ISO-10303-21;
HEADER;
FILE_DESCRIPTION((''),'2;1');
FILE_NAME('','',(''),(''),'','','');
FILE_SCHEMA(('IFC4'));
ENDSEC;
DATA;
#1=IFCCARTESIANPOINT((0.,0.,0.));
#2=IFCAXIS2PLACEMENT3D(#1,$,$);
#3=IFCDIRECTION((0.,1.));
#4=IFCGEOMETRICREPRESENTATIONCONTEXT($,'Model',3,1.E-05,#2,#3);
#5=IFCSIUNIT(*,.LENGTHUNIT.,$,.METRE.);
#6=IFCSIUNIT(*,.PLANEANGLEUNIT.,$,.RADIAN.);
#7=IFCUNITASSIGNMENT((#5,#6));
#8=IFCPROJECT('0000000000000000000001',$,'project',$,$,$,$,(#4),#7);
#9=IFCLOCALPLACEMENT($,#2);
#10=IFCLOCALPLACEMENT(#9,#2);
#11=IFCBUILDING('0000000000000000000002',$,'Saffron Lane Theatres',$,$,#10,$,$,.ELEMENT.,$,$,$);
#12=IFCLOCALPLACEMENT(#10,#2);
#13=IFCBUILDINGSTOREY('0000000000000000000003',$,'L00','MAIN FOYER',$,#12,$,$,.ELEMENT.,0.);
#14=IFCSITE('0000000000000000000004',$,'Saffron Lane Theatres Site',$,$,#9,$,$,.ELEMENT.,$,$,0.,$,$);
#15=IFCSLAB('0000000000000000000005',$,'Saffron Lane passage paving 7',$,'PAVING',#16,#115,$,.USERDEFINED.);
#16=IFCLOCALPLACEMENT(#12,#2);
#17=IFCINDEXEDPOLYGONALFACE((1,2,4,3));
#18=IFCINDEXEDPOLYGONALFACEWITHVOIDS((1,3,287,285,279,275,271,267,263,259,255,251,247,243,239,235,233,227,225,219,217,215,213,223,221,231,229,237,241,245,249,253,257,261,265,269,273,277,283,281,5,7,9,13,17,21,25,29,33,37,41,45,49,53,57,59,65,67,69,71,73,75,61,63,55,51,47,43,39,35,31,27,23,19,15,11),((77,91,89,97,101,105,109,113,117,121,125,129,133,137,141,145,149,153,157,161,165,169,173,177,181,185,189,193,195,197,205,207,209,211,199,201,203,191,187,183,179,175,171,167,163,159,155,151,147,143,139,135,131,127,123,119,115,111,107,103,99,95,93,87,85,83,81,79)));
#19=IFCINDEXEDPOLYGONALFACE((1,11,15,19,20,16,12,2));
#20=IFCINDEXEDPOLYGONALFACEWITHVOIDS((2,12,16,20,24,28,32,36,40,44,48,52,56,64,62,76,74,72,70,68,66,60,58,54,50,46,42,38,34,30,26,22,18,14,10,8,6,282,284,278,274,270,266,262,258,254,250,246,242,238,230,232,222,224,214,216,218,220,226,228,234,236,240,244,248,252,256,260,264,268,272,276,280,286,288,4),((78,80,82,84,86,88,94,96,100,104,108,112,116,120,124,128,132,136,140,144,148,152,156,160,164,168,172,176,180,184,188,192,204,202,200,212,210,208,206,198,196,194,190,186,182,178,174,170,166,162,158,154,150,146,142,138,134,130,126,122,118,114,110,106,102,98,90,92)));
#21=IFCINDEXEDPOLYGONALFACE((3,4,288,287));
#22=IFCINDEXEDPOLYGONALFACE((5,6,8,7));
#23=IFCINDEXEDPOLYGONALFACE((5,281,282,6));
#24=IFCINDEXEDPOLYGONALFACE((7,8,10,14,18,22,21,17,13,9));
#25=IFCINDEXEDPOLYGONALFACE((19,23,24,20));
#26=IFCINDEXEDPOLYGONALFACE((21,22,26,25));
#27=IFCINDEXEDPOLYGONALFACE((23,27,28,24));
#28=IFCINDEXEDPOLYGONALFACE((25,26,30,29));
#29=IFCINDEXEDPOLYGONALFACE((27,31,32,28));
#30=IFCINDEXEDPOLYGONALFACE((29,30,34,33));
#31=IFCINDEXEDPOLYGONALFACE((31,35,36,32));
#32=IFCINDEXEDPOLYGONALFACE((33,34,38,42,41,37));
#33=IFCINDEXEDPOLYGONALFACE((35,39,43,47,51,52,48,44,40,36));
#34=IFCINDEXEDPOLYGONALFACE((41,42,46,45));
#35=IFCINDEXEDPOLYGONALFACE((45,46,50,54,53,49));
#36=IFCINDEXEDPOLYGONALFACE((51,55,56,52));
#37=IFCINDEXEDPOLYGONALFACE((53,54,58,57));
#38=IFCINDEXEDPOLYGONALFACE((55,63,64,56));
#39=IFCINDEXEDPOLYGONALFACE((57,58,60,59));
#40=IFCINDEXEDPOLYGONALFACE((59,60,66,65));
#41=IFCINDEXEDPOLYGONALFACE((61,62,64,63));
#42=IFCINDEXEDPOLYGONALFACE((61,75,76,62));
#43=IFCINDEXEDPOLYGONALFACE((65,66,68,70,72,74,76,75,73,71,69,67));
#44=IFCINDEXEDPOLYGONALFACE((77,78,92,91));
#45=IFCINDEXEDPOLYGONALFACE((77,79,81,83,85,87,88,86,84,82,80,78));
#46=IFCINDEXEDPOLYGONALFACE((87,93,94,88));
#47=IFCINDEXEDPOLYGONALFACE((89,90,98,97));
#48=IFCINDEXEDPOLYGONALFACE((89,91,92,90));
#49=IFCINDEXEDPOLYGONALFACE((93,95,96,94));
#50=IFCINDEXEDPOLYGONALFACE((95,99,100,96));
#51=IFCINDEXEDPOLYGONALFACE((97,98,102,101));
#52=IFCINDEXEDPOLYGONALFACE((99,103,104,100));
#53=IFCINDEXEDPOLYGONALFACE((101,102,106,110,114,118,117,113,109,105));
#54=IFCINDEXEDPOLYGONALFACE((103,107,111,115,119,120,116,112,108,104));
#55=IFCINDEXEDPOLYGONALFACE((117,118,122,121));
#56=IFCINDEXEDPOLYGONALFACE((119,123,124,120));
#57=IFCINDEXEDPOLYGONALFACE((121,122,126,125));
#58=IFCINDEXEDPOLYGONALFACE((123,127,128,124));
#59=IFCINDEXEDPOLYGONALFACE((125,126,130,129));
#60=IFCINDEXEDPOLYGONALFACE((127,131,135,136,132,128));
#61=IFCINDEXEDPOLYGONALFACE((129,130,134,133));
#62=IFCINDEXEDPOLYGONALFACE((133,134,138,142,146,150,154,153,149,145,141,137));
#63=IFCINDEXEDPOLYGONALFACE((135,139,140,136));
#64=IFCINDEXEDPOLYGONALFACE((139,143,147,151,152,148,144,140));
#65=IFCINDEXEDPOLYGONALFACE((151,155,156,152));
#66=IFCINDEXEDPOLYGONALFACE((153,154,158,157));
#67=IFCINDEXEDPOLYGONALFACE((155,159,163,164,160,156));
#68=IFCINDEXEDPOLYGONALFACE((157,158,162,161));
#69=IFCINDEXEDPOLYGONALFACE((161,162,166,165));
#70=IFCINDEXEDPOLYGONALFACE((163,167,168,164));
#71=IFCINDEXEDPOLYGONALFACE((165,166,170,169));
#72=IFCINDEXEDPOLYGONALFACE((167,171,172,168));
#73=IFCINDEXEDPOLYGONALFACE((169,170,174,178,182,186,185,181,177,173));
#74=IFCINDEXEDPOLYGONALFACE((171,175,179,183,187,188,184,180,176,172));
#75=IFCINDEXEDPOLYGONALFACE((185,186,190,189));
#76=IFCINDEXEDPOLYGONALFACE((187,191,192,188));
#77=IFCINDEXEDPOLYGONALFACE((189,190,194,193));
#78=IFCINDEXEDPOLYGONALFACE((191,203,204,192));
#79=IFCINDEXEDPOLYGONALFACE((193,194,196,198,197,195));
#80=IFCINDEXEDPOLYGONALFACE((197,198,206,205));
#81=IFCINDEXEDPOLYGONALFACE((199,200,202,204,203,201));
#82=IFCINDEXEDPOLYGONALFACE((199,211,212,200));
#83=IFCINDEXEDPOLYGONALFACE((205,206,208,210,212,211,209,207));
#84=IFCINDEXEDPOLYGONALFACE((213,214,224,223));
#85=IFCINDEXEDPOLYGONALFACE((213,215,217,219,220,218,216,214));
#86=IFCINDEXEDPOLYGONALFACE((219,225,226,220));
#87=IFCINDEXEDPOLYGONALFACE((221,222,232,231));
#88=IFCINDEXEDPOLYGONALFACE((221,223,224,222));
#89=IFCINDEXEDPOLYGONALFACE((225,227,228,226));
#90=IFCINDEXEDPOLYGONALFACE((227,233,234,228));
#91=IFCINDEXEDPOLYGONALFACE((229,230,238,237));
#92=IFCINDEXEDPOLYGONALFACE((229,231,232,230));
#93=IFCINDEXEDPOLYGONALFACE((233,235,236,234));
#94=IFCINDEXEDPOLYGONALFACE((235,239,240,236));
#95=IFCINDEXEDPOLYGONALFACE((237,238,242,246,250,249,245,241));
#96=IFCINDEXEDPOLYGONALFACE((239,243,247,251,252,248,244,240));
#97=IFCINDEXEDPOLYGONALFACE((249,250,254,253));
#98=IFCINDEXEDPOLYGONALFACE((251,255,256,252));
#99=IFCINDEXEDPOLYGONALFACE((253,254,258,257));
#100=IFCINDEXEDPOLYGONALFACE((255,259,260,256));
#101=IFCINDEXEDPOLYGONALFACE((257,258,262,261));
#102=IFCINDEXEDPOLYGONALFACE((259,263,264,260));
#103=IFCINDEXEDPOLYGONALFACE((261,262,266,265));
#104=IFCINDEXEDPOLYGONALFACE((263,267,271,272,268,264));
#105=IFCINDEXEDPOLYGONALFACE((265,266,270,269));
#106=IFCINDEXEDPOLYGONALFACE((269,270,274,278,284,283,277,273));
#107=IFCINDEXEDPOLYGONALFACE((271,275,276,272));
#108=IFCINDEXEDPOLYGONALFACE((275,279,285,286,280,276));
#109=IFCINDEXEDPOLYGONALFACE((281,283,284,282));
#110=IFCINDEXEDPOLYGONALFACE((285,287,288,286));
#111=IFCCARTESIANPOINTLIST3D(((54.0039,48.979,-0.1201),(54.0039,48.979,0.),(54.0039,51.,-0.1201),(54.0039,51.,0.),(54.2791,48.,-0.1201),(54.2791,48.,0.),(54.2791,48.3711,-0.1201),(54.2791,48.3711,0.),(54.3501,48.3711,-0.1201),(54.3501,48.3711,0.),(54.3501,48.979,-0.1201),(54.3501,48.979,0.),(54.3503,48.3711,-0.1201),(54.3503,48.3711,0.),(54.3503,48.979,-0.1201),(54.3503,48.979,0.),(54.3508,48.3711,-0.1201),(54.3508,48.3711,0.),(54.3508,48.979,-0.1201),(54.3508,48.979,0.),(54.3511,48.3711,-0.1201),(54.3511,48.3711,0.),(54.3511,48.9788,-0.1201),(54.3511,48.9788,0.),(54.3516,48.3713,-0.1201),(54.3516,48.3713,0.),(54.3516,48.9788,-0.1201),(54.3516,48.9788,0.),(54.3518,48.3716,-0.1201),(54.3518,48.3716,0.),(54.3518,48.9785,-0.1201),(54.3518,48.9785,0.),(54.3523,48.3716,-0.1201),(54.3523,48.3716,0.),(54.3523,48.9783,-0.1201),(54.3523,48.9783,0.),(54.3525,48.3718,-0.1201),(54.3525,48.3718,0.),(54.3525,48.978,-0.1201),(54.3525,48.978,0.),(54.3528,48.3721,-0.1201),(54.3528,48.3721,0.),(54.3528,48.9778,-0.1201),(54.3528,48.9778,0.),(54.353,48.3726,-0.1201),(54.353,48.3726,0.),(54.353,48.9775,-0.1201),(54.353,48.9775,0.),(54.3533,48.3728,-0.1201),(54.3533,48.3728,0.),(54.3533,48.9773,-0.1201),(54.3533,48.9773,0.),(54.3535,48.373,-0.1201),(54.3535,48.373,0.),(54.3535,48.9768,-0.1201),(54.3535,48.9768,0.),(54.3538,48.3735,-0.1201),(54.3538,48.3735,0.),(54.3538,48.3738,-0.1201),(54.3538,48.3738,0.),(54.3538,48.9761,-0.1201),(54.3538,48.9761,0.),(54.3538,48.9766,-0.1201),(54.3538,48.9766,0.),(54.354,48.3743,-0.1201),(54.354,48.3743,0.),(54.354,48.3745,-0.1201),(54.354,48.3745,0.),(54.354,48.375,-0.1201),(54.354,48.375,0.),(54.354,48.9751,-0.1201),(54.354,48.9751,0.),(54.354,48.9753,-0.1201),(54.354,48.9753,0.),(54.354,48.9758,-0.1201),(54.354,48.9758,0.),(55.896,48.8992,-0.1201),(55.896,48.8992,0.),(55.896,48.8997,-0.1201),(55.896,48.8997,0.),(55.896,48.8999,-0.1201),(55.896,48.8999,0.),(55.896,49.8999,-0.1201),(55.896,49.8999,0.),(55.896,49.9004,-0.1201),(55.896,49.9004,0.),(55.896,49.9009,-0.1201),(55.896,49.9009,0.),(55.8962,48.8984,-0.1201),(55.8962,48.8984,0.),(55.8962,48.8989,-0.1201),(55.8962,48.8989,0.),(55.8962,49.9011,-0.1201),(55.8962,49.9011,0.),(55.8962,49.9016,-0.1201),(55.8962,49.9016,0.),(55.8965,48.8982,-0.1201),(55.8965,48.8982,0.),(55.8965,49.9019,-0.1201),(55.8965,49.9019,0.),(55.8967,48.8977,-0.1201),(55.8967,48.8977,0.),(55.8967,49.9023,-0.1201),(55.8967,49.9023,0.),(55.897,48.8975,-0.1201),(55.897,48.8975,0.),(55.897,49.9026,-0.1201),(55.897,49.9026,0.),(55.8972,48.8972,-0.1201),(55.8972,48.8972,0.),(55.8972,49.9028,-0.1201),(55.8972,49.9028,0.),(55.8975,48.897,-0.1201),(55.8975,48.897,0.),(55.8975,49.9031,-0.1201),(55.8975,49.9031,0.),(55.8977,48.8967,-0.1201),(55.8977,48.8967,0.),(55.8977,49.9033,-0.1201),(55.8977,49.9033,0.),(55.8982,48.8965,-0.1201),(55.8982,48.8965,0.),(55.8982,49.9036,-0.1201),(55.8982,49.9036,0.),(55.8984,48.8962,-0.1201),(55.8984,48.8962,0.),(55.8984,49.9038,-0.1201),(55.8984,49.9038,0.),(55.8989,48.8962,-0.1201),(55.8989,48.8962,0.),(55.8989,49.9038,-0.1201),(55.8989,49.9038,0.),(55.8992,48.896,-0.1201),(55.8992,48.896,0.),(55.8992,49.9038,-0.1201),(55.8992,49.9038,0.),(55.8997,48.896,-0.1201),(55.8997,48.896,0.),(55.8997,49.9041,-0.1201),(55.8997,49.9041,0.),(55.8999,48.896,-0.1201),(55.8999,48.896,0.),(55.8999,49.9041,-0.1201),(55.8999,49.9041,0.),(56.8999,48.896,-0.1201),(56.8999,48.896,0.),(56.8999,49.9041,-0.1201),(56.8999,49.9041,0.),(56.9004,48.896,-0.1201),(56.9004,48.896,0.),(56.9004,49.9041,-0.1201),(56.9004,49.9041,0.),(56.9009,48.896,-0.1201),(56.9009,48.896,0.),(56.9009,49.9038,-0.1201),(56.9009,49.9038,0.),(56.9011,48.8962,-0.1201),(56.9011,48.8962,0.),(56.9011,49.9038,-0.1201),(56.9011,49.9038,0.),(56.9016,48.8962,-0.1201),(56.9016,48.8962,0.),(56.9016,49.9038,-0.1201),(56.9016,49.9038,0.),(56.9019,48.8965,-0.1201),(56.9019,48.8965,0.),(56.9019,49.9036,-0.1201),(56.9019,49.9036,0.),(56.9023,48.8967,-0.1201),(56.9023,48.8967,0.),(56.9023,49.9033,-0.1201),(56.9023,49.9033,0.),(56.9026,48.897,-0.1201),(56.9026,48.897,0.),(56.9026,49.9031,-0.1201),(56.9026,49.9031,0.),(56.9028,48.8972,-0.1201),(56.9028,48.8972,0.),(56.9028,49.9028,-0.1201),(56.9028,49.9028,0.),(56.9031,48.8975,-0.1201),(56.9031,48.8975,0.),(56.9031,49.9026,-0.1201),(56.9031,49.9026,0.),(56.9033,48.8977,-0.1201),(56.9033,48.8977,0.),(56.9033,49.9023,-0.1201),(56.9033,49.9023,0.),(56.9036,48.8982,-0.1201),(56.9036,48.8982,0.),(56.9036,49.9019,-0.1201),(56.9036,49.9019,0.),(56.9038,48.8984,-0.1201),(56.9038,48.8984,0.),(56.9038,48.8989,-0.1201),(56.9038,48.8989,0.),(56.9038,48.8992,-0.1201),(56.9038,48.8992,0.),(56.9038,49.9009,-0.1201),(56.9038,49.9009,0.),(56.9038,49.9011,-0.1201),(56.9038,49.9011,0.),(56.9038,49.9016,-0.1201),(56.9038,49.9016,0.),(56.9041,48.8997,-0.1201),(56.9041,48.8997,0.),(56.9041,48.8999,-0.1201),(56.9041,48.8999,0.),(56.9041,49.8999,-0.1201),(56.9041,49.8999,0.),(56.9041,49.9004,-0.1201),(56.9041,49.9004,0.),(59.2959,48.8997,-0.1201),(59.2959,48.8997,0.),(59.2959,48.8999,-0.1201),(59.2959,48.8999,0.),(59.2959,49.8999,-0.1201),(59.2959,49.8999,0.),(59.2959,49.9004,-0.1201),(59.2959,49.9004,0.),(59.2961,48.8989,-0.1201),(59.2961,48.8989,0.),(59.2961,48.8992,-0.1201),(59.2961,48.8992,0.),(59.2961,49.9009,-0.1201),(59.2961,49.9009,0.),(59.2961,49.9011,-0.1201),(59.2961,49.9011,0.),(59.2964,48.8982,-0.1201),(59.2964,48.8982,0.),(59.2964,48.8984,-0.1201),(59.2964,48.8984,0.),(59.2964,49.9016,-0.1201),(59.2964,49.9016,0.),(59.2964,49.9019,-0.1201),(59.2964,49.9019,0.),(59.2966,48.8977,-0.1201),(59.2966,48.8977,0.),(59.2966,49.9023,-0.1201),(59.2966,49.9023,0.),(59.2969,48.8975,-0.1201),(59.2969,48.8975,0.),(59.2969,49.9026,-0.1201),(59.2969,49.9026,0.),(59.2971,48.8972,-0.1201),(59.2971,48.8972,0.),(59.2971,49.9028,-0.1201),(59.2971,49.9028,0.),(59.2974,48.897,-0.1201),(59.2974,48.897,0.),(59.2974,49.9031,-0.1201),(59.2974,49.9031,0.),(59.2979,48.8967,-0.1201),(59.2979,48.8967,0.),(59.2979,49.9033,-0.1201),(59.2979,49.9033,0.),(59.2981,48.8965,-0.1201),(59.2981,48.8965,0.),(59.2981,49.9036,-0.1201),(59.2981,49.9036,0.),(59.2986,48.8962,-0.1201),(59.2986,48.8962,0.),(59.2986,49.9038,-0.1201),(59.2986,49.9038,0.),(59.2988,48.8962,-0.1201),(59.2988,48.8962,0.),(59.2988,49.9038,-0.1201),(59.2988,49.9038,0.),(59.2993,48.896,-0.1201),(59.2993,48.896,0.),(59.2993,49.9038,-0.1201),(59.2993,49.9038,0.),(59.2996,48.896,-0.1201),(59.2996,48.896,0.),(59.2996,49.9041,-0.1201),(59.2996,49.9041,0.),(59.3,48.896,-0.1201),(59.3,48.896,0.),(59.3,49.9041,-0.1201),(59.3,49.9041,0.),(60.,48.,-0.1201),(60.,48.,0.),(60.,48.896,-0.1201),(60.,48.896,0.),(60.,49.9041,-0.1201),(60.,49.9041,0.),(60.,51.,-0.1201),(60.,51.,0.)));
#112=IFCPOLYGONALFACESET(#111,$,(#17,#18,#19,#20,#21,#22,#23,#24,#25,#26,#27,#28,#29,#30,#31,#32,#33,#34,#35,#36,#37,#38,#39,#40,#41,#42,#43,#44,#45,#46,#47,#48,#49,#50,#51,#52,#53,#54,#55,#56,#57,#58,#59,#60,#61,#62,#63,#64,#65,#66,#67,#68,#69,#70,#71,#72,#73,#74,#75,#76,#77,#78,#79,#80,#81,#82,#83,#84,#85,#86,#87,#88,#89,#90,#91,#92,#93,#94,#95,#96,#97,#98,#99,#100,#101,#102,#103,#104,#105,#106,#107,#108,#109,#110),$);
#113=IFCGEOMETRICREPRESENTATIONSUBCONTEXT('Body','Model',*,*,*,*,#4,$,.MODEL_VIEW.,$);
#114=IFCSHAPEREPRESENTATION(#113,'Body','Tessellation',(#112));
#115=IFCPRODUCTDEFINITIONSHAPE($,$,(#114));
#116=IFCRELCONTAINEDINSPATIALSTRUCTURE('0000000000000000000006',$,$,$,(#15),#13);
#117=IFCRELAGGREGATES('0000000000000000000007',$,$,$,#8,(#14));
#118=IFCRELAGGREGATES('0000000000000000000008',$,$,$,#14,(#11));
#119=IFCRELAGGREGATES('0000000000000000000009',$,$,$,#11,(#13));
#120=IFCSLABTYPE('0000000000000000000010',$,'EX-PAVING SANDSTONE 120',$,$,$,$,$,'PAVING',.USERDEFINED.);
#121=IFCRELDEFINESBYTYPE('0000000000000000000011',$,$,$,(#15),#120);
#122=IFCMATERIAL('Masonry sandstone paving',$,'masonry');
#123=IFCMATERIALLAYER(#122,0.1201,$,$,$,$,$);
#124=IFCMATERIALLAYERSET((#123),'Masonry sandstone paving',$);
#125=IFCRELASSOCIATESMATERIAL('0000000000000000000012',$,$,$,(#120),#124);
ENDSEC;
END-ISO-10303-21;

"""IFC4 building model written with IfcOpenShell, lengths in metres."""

from ifc_helpers import new_model, si_unit, direction, frame, origin, place, context, subcontext, project, spatial, polyline, outline, extrude, material, layer, layer_set, type_object, element, save


model = new_model("IFC4")

# Units and contexts
model_context = context("Model", 3, precision=1e-05, world=origin(), true_north=direction((0.0, 1.0)))
body_context = subcontext(model_context, "Body", "Model", "MODEL_VIEW")
ifc_project = project(units=[si_unit("LENGTHUNIT", "METRE"), si_unit("PLANEANGLEUNIT", "RADIAN")], contexts=[model_context])

# Site, building, storey
site_placement = place(None, origin())
site = spatial("IfcSite", under=ifc_project, at=site_placement, Name="Saffron Lane Theatres Site", CompositionType="ELEMENT", RefElevation=0.0)
building_placement = place(site_placement, origin())
building = spatial("IfcBuilding", under=site, at=building_placement, Name="Saffron Lane Theatres", CompositionType="ELEMENT")
storey_placement = place(building_placement, origin())
storey = spatial("IfcBuildingStorey", under=building, at=storey_placement, Name="L00", Description="MAIN FOYER", CompositionType="ELEMENT", Elevation=0.0)

# Slab
ifc_material_1 = material(Name="Masonry sandstone paving", Category="masonry")
ifc_layer_1 = layer(ifc_material_1, 0.1201)
ifc_layer_set_1 = layer_set([ifc_layer_1], Name="Masonry sandstone paving")
slab_type_1 = type_object("IfcSlabType", Name="EX-PAVING SANDSTONE 120", ElementType="PAVING", PredefinedType="USERDEFINED", material=ifc_layer_set_1)
slab_1_placement = place(storey_placement, frame((0.0, 0.0, -0.1201)))
element("IfcSlab", 1, at=slab_1_placement, inside=storey, type_object=slab_type_1, Name="Saffron Lane passage paving 7", ObjectType="PAVING", PredefinedType="USERDEFINED", context=body_context, shape_type="SweptSolid", body=[
    extrude(outline(polyline([(60.0, 49.9041), (60.0, 51.0), (54.0039, 51.0), (54.0039, 48.979), (54.3501, 48.979), (54.3503, 48.979), (54.3508, 48.979), (54.3511, 48.9788), (54.3516, 48.9788), (54.3518, 48.9785), (54.3523, 48.9783), (54.3525, 48.978), (54.3528, 48.9778), (54.353, 48.9775), (54.3533, 48.9773), (54.3535, 48.9768), (54.3538, 48.9766), (54.3538, 48.9761), (54.354, 48.9758), (54.354, 48.9753), (54.354, 48.9751), (54.354, 48.375), (54.354, 48.3745), (54.354, 48.3743), (54.3538, 48.3738), (54.3538, 48.3735), (54.3535, 48.373), (54.3533, 48.3728), (54.353, 48.3726), (54.3528, 48.3721), (54.3525, 48.3718), (54.3523, 48.3716), (54.3518, 48.3716), (54.3516, 48.3713), (54.3511, 48.3711), (54.3508, 48.3711), (54.3503, 48.3711), (54.3501, 48.3711), (54.2791, 48.3711), (54.2791, 48.0), (60.0, 48.0), (60.0, 48.896), (59.3, 48.896), (59.2996, 48.896), (59.2993, 48.896), (59.2988, 48.8962), (59.2986, 48.8962), (59.2981, 48.8965), (59.2979, 48.8967), (59.2974, 48.897), (59.2971, 48.8972), (59.2969, 48.8975), (59.2966, 48.8977), (59.2964, 48.8982), (59.2964, 48.8984), (59.2961, 48.8989), (59.2961, 48.8992), (59.2959, 48.8997), (59.2959, 48.8999), (59.2959, 49.8999), (59.2959, 49.9004), (59.2961, 49.9009), (59.2961, 49.9011), (59.2964, 49.9016), (59.2964, 49.9019), (59.2966, 49.9023), (59.2969, 49.9026), (59.2971, 49.9028), (59.2974, 49.9031), (59.2979, 49.9033), (59.2981, 49.9036), (59.2986, 49.9038), (59.2988, 49.9038), (59.2993, 49.9038), (59.2996, 49.9041), (59.3, 49.9041), (60.0, 49.9041)]), holes=[polyline([(55.896, 49.9009), (55.8962, 49.9011), (55.8962, 49.9016), (55.8965, 49.9019), (55.8967, 49.9023), (55.897, 49.9026), (55.8972, 49.9028), (55.8975, 49.9031), (55.8977, 49.9033), (55.8982, 49.9036), (55.8984, 49.9038), (55.8989, 49.9038), (55.8992, 49.9038), (55.8997, 49.9041), (55.8999, 49.9041), (56.8999, 49.9041), (56.9004, 49.9041), (56.9009, 49.9038), (56.9011, 49.9038), (56.9016, 49.9038), (56.9019, 49.9036), (56.9023, 49.9033), (56.9026, 49.9031), (56.9028, 49.9028), (56.9031, 49.9026), (56.9033, 49.9023), (56.9036, 49.9019), (56.9038, 49.9016), (56.9038, 49.9011), (56.9038, 49.9009), (56.9041, 49.9004), (56.9041, 49.8999), (56.9041, 48.8999), (56.9041, 48.8997), (56.9038, 48.8992), (56.9038, 48.8989), (56.9038, 48.8984), (56.9036, 48.8982), (56.9033, 48.8977), (56.9031, 48.8975), (56.9028, 48.8972), (56.9026, 48.897), (56.9023, 48.8967), (56.9019, 48.8965), (56.9016, 48.8962), (56.9011, 48.8962), (56.9009, 48.896), (56.9004, 48.896), (56.8999, 48.896), (55.8999, 48.896), (55.8997, 48.896), (55.8992, 48.896), (55.8989, 48.8962), (55.8984, 48.8962), (55.8982, 48.8965), (55.8977, 48.8967), (55.8975, 48.897), (55.8972, 48.8972), (55.897, 48.8975), (55.8967, 48.8977), (55.8965, 48.8982), (55.8962, 48.8984), (55.8962, 48.8989), (55.896, 48.8992), (55.896, 48.8997), (55.896, 48.8999), (55.896, 49.8999), (55.896, 49.9004), (55.896, 49.9009)])]), origin(), (0.0, 0.0, 1.0), 0.1201),
])

save(model, "model.ifc")
